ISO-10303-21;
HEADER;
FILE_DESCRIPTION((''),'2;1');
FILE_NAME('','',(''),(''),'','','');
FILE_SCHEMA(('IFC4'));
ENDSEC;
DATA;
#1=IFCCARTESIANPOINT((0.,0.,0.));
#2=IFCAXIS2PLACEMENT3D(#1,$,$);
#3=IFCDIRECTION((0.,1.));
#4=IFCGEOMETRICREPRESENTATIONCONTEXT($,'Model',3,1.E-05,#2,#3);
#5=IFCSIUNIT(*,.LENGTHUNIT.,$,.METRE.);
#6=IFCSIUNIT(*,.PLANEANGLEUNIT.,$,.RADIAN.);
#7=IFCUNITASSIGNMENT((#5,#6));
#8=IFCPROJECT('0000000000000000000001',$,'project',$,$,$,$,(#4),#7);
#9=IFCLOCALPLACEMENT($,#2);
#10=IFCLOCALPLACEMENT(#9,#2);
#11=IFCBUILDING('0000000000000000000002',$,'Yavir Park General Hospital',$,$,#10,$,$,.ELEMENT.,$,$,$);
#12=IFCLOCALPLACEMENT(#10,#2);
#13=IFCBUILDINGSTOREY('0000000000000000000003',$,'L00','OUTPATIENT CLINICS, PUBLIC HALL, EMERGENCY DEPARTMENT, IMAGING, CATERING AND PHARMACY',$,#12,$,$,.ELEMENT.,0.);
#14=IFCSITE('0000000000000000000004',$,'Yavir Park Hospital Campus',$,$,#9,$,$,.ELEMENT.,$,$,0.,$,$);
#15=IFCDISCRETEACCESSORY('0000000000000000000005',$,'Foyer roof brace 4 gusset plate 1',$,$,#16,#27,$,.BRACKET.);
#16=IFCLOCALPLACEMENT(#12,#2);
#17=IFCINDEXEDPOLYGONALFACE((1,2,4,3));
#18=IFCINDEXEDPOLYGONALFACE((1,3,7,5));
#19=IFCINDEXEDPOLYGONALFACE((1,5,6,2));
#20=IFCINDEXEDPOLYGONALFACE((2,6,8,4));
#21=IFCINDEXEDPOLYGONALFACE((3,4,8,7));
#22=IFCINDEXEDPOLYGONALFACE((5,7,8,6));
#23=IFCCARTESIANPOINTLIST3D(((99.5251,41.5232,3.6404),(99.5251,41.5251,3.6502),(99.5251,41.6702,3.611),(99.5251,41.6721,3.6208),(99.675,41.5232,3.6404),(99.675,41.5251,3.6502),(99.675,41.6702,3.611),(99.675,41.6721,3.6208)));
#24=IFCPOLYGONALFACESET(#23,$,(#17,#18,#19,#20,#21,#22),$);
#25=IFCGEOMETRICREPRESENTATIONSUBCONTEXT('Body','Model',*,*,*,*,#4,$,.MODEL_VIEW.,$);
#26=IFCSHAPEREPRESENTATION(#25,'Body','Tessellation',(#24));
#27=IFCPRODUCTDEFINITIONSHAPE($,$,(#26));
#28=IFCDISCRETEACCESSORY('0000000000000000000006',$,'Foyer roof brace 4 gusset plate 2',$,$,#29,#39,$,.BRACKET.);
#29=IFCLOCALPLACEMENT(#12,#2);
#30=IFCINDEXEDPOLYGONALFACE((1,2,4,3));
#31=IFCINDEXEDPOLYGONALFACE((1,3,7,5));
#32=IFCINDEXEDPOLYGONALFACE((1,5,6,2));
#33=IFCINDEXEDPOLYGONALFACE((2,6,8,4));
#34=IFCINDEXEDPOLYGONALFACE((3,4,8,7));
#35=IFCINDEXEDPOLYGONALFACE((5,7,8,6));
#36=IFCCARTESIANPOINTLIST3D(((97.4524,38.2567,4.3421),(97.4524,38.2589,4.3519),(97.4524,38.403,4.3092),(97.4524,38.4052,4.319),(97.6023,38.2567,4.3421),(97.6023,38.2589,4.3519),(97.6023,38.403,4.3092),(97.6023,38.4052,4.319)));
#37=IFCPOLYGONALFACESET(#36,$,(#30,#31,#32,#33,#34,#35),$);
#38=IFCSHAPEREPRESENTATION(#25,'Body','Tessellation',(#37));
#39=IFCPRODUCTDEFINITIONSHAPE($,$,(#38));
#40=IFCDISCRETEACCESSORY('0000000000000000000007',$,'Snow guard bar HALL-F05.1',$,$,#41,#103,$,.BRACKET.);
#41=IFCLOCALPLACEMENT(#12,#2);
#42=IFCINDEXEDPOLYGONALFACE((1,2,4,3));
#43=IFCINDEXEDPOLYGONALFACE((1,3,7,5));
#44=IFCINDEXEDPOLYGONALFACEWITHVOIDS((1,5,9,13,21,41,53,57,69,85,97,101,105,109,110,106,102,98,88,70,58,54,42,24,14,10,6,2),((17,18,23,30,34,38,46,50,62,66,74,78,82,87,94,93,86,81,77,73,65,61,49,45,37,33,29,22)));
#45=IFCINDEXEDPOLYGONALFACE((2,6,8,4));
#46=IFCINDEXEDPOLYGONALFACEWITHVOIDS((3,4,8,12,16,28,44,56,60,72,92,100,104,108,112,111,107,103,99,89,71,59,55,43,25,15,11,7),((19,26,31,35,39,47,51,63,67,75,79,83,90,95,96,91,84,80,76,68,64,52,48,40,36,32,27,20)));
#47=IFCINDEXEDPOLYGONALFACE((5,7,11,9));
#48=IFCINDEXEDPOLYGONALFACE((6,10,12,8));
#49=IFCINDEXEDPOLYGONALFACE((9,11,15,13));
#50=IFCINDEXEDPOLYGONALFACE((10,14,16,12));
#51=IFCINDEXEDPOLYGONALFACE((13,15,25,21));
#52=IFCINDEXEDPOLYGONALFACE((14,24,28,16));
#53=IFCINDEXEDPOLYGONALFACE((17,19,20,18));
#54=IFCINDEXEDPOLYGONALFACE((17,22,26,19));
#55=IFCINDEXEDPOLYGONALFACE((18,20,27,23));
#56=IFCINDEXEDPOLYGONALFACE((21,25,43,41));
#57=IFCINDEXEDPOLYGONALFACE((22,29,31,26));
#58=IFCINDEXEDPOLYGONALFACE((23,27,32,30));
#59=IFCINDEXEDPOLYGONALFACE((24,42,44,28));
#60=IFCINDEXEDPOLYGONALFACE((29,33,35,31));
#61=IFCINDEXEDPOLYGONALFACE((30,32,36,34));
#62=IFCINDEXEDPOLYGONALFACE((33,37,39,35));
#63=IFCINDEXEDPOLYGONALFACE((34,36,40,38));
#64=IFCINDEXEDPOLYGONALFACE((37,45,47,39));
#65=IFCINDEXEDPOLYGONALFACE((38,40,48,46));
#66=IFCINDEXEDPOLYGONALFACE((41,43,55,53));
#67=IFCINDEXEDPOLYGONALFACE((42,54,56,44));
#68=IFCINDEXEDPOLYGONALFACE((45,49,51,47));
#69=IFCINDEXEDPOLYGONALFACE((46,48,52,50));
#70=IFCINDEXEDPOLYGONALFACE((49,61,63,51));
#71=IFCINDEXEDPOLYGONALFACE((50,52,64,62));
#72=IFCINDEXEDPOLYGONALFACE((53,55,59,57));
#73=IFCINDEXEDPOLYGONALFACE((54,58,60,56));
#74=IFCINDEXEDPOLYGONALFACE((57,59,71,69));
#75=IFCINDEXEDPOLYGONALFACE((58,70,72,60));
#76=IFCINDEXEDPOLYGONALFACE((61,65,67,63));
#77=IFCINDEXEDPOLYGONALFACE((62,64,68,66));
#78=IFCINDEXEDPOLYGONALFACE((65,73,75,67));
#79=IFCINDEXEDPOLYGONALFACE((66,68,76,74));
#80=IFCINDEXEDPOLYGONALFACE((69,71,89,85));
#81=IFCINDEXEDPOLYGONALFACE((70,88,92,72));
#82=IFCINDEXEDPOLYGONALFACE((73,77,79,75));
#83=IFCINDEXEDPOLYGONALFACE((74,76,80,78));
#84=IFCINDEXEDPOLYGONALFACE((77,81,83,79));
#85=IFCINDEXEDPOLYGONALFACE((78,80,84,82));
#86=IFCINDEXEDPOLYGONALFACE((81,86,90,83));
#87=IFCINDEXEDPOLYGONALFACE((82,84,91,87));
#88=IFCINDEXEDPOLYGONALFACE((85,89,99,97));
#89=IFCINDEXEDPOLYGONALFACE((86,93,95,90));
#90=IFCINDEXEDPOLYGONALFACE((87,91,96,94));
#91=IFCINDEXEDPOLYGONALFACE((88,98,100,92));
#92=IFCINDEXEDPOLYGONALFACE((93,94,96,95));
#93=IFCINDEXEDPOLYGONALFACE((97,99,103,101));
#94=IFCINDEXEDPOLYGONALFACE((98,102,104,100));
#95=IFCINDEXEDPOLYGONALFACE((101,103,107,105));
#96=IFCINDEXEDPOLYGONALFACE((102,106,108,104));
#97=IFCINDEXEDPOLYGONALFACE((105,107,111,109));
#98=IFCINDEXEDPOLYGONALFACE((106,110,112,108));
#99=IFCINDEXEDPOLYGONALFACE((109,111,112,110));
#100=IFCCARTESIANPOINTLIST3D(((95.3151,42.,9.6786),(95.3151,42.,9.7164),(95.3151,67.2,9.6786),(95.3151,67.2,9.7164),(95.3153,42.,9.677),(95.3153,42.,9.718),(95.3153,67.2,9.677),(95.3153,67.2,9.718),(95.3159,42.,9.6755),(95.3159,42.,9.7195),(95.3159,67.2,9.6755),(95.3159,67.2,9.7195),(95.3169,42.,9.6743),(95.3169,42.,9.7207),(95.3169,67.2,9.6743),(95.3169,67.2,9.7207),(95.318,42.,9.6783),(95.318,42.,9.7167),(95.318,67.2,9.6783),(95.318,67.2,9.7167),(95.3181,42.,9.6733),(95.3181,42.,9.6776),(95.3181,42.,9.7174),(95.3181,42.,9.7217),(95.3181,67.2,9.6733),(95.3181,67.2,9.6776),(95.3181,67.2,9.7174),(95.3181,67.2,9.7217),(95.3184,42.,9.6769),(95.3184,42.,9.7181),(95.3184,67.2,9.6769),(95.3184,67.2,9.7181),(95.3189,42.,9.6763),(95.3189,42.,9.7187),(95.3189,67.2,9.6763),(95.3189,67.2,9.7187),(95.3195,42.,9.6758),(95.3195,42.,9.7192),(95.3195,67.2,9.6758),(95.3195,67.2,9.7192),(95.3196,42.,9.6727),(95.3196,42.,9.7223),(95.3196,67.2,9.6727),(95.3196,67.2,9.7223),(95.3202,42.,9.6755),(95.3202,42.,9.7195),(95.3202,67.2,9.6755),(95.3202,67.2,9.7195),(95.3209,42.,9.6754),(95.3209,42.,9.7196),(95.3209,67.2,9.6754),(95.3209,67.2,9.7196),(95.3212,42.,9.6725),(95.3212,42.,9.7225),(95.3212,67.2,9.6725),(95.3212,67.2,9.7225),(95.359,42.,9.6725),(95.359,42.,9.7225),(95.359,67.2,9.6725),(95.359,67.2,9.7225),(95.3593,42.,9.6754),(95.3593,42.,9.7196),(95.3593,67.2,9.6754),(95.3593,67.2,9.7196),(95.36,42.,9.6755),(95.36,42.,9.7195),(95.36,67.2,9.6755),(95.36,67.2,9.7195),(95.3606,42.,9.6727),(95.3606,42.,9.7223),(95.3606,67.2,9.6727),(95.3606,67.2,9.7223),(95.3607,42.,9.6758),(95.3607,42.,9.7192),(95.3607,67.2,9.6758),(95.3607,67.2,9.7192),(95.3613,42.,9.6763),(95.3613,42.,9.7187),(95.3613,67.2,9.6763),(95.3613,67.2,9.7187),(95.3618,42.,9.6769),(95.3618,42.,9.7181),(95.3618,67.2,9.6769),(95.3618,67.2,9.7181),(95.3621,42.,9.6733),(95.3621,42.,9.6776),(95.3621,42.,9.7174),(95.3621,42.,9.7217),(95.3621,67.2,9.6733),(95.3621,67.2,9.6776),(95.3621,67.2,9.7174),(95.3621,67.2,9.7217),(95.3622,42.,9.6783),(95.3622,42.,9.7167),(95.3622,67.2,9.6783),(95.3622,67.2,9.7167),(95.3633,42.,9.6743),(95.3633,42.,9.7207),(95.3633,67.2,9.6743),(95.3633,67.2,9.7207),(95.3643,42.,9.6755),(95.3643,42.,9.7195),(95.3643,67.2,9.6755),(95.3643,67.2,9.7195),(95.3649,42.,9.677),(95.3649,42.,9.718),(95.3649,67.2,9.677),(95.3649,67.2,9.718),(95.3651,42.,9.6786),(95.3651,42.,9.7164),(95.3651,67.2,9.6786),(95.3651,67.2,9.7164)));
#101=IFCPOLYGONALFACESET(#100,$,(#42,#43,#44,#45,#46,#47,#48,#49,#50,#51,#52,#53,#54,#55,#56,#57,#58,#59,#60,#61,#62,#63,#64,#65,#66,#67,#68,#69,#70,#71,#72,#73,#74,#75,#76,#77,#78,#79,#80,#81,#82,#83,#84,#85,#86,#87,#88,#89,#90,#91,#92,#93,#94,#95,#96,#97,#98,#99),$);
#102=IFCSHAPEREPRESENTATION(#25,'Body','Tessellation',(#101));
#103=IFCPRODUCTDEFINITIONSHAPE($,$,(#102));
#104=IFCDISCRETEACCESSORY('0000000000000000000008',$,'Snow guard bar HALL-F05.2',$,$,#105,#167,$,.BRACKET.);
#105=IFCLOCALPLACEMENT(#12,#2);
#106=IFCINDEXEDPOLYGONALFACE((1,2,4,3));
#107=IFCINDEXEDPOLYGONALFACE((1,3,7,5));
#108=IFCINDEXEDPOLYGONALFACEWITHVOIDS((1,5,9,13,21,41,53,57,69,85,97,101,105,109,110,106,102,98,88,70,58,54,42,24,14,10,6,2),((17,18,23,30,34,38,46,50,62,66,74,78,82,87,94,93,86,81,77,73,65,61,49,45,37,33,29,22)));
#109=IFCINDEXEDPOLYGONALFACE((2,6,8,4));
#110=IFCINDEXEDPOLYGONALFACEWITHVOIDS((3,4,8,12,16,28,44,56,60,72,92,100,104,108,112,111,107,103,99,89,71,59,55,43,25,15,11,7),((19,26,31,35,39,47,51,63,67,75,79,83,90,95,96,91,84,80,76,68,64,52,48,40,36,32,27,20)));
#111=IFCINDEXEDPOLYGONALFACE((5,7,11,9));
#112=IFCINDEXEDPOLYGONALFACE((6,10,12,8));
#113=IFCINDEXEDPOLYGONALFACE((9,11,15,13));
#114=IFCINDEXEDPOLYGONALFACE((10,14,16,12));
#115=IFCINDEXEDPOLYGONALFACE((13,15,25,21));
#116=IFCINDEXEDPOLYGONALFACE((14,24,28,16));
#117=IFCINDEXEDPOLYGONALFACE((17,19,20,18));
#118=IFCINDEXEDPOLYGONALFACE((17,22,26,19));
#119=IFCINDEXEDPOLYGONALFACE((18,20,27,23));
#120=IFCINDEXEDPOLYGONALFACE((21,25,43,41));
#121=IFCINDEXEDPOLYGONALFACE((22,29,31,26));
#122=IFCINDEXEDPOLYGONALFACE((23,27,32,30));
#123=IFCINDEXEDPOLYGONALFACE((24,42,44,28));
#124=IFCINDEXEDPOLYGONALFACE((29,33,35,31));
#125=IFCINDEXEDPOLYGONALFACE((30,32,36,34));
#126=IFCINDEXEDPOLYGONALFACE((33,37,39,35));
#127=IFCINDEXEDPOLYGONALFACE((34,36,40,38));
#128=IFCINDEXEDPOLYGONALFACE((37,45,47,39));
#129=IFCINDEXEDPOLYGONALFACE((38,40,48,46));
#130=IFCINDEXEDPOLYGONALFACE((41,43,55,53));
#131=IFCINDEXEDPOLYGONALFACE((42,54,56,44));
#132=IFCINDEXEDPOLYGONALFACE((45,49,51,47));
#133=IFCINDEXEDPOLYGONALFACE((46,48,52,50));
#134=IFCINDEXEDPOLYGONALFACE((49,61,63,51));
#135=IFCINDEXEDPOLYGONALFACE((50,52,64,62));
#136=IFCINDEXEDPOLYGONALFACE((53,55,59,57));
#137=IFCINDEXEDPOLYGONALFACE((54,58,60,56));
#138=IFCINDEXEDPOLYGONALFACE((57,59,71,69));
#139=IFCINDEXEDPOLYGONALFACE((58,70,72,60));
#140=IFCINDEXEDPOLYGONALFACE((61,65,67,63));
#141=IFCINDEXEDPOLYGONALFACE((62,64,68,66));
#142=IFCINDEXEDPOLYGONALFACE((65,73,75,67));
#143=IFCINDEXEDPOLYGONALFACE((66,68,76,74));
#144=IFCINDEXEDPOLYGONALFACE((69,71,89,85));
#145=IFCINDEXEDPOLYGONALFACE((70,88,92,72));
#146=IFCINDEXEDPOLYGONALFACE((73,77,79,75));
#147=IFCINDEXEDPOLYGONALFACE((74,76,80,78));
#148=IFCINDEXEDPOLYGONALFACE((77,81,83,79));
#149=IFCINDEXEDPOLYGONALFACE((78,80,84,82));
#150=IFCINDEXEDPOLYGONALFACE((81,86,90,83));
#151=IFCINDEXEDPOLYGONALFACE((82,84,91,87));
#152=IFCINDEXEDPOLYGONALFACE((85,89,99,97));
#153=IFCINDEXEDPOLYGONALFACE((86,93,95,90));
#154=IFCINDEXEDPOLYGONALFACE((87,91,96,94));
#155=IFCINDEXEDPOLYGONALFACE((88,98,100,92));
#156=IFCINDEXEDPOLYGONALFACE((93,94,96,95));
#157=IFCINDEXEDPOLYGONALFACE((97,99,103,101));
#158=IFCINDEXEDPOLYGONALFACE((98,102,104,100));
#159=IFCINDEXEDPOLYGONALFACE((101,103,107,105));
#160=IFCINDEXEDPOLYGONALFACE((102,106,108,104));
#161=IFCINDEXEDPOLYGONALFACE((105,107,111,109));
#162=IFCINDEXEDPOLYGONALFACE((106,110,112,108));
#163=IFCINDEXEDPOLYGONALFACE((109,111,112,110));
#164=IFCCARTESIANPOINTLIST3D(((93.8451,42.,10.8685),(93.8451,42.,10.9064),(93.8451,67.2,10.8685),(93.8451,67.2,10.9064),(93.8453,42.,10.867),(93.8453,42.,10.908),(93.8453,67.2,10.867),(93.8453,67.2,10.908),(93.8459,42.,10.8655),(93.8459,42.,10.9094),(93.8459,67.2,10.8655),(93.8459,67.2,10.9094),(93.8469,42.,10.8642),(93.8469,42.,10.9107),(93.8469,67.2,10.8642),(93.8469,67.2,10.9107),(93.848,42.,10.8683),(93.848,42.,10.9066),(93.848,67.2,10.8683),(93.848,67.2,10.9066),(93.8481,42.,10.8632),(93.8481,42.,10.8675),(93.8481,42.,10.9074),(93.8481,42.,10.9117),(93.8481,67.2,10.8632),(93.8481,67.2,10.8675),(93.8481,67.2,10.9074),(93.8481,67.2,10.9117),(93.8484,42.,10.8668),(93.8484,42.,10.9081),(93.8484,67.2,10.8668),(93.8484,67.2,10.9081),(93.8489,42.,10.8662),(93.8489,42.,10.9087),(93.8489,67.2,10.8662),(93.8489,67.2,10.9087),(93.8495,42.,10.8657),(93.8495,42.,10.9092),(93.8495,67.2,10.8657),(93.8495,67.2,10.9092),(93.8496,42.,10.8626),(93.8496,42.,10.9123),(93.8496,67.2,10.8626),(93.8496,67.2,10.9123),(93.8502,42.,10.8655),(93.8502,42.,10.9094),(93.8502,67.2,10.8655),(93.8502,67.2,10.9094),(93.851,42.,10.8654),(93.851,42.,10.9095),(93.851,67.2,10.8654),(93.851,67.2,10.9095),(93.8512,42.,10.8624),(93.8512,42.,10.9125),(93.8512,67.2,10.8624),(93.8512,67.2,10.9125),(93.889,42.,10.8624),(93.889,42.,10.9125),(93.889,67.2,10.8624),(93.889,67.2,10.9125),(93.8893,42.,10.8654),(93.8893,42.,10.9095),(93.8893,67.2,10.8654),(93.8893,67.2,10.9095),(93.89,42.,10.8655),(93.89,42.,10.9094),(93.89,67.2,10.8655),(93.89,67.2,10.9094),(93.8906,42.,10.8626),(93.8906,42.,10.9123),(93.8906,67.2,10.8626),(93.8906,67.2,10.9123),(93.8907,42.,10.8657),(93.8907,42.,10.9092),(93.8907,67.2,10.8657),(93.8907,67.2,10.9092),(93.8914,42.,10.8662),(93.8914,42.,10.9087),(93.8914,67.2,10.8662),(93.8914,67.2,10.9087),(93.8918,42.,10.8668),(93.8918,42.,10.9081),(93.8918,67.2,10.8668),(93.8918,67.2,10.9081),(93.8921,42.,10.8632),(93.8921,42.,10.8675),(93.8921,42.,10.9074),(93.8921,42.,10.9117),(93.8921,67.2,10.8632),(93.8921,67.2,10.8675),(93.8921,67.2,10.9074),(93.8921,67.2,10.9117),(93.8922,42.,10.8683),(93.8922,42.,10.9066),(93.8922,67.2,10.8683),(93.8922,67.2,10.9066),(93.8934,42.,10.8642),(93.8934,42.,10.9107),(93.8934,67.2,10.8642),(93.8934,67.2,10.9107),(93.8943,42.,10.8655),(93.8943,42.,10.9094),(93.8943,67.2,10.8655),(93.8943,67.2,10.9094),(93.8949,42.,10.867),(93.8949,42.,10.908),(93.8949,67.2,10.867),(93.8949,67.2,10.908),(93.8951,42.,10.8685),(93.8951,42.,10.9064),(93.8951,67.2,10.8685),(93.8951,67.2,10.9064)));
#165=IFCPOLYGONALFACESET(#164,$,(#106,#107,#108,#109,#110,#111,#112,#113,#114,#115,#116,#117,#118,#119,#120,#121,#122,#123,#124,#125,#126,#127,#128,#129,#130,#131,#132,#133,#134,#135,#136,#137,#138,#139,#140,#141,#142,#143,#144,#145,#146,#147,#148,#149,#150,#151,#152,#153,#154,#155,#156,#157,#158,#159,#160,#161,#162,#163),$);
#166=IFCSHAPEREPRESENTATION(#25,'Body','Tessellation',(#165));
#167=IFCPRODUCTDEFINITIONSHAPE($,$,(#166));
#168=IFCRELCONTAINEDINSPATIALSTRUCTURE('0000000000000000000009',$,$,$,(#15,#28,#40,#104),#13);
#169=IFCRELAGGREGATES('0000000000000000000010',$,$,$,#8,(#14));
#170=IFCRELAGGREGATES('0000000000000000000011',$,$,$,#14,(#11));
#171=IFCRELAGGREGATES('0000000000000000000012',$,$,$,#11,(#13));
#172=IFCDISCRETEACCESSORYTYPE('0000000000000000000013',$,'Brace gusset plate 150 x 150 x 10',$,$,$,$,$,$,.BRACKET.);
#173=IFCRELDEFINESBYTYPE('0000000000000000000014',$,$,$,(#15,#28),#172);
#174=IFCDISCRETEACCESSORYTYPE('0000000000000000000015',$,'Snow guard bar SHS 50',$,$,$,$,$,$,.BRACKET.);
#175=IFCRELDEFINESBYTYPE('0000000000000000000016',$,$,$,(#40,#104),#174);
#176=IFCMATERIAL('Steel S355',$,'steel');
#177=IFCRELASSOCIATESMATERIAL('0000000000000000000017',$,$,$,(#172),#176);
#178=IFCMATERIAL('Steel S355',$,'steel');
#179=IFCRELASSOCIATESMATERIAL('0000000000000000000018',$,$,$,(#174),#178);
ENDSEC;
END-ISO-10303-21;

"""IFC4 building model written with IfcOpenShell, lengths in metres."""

from ifc_helpers import new_model, si_unit, direction, frame, origin, origin_2d, place, context, subcontext, project, spatial, rectangle, hollow_rectangle, extrude, material, material_profile, profile_set, type_object, element, save


model = new_model("IFC4")

# Units and contexts
model_context = context("Model", 3, precision=1e-05, world=origin(), true_north=direction((0.0, 1.0)))
body_context = subcontext(model_context, "Body", "Model", "MODEL_VIEW")
ifc_project = project(units=[si_unit("LENGTHUNIT", "METRE"), si_unit("PLANEANGLEUNIT", "RADIAN")], contexts=[model_context])

# Site, building, storey
site_placement = place(None, origin())
site = spatial("IfcSite", under=ifc_project, at=site_placement, Name="Yavir Park Hospital Campus", CompositionType="ELEMENT", RefElevation=0.0)
building_placement = place(site_placement, origin())
building = spatial("IfcBuilding", under=site, at=building_placement, Name="Yavir Park General Hospital", CompositionType="ELEMENT")
storey_placement = place(building_placement, origin())
storey = spatial("IfcBuildingStorey", under=building, at=storey_placement, Name="L00", Description="OUTPATIENT CLINICS, PUBLIC HALL, EMERGENCY DEPARTMENT, IMAGING, CATERING AND PHARMACY", CompositionType="ELEMENT", Elevation=0.0)

# Discrete accessories
ifc_material_1 = material(Name="Steel S355", Category="steel")
ifc_material_profile_1 = material_profile(ifc_material_1, rectangle(XDim=0.1499, YDim=0.1499, at=origin_2d()), Name="PL150x150")
ifc_profile_set_1 = profile_set([ifc_material_profile_1], Name="Steel S355")
discrete_accessory_type_1 = type_object("IfcDiscreteAccessoryType", Name="Brace gusset plate 150 x 150 x 10", PredefinedType="BRACKET", material=ifc_profile_set_1)
for number, where, z_axis, x_axis, name in (
    (1, (99.6001, 41.5967, 3.6257), (0.0, 0.196116, 0.980581), (-1.0, 0.0, 0.0), "Foyer roof brace 4 gusset plate 1"),
    (2, (97.5273, 38.3298, 4.3257), (0.0, 0.219512, 0.97561), (-1.0, 0.0, 0.0), "Foyer roof brace 4 gusset plate 2"),
):
    element("IfcDiscreteAccessory", number, at=place(storey_placement, frame(where, z_axis=z_axis, x_axis=x_axis)), inside=storey, type_object=discrete_accessory_type_1, Name=name, PredefinedType="BRACKET", context=body_context, shape_type="SweptSolid", body=[
        extrude(rectangle(XDim=0.1499, YDim=0.1499, at=origin_2d()), origin(), (0.0, 0.0, 1.0), 0.01),
    ])
ifc_material_2 = material(Name="Steel S355", Category="steel")
ifc_material_profile_2 = material_profile(ifc_material_2, hollow_rectangle(XDim=0.05, YDim=0.05, WallThickness=0.0029, InnerFilletRadius=0.0029, OuterFilletRadius=0.0061, at=origin_2d()), Name="RHS50x50x3")
ifc_profile_set_2 = profile_set([ifc_material_profile_2], Name="Steel S355")
discrete_accessory_type_2 = type_object("IfcDiscreteAccessoryType", Name="Snow guard bar SHS 50", PredefinedType="BRACKET", material=ifc_profile_set_2)
for number, where, z_axis, x_axis, name in (
    (3, (95.3401, 42.0, 9.6975), (0.0, 1.0, 0.0), (-1.0, 0.0, 0.0), "Snow guard bar HALL-F05.1"),
    (4, (93.8701, 42.0, 10.8875), (0.0, 1.0, 0.0), (-1.0, 0.0, 0.0), "Snow guard bar HALL-F05.2"),
):
    element("IfcDiscreteAccessory", number, at=place(storey_placement, frame(where, z_axis=z_axis, x_axis=x_axis)), inside=storey, type_object=discrete_accessory_type_2, Name=name, PredefinedType="BRACKET", context=body_context, shape_type="SweptSolid", body=[
        extrude(hollow_rectangle(XDim=0.05, YDim=0.05, WallThickness=0.0029, InnerFilletRadius=0.0029, OuterFilletRadius=0.0061, at=origin_2d()), origin(), (0.0, 0.0, 1.0), 25.2),
    ])

save(model, "model.ifc")
